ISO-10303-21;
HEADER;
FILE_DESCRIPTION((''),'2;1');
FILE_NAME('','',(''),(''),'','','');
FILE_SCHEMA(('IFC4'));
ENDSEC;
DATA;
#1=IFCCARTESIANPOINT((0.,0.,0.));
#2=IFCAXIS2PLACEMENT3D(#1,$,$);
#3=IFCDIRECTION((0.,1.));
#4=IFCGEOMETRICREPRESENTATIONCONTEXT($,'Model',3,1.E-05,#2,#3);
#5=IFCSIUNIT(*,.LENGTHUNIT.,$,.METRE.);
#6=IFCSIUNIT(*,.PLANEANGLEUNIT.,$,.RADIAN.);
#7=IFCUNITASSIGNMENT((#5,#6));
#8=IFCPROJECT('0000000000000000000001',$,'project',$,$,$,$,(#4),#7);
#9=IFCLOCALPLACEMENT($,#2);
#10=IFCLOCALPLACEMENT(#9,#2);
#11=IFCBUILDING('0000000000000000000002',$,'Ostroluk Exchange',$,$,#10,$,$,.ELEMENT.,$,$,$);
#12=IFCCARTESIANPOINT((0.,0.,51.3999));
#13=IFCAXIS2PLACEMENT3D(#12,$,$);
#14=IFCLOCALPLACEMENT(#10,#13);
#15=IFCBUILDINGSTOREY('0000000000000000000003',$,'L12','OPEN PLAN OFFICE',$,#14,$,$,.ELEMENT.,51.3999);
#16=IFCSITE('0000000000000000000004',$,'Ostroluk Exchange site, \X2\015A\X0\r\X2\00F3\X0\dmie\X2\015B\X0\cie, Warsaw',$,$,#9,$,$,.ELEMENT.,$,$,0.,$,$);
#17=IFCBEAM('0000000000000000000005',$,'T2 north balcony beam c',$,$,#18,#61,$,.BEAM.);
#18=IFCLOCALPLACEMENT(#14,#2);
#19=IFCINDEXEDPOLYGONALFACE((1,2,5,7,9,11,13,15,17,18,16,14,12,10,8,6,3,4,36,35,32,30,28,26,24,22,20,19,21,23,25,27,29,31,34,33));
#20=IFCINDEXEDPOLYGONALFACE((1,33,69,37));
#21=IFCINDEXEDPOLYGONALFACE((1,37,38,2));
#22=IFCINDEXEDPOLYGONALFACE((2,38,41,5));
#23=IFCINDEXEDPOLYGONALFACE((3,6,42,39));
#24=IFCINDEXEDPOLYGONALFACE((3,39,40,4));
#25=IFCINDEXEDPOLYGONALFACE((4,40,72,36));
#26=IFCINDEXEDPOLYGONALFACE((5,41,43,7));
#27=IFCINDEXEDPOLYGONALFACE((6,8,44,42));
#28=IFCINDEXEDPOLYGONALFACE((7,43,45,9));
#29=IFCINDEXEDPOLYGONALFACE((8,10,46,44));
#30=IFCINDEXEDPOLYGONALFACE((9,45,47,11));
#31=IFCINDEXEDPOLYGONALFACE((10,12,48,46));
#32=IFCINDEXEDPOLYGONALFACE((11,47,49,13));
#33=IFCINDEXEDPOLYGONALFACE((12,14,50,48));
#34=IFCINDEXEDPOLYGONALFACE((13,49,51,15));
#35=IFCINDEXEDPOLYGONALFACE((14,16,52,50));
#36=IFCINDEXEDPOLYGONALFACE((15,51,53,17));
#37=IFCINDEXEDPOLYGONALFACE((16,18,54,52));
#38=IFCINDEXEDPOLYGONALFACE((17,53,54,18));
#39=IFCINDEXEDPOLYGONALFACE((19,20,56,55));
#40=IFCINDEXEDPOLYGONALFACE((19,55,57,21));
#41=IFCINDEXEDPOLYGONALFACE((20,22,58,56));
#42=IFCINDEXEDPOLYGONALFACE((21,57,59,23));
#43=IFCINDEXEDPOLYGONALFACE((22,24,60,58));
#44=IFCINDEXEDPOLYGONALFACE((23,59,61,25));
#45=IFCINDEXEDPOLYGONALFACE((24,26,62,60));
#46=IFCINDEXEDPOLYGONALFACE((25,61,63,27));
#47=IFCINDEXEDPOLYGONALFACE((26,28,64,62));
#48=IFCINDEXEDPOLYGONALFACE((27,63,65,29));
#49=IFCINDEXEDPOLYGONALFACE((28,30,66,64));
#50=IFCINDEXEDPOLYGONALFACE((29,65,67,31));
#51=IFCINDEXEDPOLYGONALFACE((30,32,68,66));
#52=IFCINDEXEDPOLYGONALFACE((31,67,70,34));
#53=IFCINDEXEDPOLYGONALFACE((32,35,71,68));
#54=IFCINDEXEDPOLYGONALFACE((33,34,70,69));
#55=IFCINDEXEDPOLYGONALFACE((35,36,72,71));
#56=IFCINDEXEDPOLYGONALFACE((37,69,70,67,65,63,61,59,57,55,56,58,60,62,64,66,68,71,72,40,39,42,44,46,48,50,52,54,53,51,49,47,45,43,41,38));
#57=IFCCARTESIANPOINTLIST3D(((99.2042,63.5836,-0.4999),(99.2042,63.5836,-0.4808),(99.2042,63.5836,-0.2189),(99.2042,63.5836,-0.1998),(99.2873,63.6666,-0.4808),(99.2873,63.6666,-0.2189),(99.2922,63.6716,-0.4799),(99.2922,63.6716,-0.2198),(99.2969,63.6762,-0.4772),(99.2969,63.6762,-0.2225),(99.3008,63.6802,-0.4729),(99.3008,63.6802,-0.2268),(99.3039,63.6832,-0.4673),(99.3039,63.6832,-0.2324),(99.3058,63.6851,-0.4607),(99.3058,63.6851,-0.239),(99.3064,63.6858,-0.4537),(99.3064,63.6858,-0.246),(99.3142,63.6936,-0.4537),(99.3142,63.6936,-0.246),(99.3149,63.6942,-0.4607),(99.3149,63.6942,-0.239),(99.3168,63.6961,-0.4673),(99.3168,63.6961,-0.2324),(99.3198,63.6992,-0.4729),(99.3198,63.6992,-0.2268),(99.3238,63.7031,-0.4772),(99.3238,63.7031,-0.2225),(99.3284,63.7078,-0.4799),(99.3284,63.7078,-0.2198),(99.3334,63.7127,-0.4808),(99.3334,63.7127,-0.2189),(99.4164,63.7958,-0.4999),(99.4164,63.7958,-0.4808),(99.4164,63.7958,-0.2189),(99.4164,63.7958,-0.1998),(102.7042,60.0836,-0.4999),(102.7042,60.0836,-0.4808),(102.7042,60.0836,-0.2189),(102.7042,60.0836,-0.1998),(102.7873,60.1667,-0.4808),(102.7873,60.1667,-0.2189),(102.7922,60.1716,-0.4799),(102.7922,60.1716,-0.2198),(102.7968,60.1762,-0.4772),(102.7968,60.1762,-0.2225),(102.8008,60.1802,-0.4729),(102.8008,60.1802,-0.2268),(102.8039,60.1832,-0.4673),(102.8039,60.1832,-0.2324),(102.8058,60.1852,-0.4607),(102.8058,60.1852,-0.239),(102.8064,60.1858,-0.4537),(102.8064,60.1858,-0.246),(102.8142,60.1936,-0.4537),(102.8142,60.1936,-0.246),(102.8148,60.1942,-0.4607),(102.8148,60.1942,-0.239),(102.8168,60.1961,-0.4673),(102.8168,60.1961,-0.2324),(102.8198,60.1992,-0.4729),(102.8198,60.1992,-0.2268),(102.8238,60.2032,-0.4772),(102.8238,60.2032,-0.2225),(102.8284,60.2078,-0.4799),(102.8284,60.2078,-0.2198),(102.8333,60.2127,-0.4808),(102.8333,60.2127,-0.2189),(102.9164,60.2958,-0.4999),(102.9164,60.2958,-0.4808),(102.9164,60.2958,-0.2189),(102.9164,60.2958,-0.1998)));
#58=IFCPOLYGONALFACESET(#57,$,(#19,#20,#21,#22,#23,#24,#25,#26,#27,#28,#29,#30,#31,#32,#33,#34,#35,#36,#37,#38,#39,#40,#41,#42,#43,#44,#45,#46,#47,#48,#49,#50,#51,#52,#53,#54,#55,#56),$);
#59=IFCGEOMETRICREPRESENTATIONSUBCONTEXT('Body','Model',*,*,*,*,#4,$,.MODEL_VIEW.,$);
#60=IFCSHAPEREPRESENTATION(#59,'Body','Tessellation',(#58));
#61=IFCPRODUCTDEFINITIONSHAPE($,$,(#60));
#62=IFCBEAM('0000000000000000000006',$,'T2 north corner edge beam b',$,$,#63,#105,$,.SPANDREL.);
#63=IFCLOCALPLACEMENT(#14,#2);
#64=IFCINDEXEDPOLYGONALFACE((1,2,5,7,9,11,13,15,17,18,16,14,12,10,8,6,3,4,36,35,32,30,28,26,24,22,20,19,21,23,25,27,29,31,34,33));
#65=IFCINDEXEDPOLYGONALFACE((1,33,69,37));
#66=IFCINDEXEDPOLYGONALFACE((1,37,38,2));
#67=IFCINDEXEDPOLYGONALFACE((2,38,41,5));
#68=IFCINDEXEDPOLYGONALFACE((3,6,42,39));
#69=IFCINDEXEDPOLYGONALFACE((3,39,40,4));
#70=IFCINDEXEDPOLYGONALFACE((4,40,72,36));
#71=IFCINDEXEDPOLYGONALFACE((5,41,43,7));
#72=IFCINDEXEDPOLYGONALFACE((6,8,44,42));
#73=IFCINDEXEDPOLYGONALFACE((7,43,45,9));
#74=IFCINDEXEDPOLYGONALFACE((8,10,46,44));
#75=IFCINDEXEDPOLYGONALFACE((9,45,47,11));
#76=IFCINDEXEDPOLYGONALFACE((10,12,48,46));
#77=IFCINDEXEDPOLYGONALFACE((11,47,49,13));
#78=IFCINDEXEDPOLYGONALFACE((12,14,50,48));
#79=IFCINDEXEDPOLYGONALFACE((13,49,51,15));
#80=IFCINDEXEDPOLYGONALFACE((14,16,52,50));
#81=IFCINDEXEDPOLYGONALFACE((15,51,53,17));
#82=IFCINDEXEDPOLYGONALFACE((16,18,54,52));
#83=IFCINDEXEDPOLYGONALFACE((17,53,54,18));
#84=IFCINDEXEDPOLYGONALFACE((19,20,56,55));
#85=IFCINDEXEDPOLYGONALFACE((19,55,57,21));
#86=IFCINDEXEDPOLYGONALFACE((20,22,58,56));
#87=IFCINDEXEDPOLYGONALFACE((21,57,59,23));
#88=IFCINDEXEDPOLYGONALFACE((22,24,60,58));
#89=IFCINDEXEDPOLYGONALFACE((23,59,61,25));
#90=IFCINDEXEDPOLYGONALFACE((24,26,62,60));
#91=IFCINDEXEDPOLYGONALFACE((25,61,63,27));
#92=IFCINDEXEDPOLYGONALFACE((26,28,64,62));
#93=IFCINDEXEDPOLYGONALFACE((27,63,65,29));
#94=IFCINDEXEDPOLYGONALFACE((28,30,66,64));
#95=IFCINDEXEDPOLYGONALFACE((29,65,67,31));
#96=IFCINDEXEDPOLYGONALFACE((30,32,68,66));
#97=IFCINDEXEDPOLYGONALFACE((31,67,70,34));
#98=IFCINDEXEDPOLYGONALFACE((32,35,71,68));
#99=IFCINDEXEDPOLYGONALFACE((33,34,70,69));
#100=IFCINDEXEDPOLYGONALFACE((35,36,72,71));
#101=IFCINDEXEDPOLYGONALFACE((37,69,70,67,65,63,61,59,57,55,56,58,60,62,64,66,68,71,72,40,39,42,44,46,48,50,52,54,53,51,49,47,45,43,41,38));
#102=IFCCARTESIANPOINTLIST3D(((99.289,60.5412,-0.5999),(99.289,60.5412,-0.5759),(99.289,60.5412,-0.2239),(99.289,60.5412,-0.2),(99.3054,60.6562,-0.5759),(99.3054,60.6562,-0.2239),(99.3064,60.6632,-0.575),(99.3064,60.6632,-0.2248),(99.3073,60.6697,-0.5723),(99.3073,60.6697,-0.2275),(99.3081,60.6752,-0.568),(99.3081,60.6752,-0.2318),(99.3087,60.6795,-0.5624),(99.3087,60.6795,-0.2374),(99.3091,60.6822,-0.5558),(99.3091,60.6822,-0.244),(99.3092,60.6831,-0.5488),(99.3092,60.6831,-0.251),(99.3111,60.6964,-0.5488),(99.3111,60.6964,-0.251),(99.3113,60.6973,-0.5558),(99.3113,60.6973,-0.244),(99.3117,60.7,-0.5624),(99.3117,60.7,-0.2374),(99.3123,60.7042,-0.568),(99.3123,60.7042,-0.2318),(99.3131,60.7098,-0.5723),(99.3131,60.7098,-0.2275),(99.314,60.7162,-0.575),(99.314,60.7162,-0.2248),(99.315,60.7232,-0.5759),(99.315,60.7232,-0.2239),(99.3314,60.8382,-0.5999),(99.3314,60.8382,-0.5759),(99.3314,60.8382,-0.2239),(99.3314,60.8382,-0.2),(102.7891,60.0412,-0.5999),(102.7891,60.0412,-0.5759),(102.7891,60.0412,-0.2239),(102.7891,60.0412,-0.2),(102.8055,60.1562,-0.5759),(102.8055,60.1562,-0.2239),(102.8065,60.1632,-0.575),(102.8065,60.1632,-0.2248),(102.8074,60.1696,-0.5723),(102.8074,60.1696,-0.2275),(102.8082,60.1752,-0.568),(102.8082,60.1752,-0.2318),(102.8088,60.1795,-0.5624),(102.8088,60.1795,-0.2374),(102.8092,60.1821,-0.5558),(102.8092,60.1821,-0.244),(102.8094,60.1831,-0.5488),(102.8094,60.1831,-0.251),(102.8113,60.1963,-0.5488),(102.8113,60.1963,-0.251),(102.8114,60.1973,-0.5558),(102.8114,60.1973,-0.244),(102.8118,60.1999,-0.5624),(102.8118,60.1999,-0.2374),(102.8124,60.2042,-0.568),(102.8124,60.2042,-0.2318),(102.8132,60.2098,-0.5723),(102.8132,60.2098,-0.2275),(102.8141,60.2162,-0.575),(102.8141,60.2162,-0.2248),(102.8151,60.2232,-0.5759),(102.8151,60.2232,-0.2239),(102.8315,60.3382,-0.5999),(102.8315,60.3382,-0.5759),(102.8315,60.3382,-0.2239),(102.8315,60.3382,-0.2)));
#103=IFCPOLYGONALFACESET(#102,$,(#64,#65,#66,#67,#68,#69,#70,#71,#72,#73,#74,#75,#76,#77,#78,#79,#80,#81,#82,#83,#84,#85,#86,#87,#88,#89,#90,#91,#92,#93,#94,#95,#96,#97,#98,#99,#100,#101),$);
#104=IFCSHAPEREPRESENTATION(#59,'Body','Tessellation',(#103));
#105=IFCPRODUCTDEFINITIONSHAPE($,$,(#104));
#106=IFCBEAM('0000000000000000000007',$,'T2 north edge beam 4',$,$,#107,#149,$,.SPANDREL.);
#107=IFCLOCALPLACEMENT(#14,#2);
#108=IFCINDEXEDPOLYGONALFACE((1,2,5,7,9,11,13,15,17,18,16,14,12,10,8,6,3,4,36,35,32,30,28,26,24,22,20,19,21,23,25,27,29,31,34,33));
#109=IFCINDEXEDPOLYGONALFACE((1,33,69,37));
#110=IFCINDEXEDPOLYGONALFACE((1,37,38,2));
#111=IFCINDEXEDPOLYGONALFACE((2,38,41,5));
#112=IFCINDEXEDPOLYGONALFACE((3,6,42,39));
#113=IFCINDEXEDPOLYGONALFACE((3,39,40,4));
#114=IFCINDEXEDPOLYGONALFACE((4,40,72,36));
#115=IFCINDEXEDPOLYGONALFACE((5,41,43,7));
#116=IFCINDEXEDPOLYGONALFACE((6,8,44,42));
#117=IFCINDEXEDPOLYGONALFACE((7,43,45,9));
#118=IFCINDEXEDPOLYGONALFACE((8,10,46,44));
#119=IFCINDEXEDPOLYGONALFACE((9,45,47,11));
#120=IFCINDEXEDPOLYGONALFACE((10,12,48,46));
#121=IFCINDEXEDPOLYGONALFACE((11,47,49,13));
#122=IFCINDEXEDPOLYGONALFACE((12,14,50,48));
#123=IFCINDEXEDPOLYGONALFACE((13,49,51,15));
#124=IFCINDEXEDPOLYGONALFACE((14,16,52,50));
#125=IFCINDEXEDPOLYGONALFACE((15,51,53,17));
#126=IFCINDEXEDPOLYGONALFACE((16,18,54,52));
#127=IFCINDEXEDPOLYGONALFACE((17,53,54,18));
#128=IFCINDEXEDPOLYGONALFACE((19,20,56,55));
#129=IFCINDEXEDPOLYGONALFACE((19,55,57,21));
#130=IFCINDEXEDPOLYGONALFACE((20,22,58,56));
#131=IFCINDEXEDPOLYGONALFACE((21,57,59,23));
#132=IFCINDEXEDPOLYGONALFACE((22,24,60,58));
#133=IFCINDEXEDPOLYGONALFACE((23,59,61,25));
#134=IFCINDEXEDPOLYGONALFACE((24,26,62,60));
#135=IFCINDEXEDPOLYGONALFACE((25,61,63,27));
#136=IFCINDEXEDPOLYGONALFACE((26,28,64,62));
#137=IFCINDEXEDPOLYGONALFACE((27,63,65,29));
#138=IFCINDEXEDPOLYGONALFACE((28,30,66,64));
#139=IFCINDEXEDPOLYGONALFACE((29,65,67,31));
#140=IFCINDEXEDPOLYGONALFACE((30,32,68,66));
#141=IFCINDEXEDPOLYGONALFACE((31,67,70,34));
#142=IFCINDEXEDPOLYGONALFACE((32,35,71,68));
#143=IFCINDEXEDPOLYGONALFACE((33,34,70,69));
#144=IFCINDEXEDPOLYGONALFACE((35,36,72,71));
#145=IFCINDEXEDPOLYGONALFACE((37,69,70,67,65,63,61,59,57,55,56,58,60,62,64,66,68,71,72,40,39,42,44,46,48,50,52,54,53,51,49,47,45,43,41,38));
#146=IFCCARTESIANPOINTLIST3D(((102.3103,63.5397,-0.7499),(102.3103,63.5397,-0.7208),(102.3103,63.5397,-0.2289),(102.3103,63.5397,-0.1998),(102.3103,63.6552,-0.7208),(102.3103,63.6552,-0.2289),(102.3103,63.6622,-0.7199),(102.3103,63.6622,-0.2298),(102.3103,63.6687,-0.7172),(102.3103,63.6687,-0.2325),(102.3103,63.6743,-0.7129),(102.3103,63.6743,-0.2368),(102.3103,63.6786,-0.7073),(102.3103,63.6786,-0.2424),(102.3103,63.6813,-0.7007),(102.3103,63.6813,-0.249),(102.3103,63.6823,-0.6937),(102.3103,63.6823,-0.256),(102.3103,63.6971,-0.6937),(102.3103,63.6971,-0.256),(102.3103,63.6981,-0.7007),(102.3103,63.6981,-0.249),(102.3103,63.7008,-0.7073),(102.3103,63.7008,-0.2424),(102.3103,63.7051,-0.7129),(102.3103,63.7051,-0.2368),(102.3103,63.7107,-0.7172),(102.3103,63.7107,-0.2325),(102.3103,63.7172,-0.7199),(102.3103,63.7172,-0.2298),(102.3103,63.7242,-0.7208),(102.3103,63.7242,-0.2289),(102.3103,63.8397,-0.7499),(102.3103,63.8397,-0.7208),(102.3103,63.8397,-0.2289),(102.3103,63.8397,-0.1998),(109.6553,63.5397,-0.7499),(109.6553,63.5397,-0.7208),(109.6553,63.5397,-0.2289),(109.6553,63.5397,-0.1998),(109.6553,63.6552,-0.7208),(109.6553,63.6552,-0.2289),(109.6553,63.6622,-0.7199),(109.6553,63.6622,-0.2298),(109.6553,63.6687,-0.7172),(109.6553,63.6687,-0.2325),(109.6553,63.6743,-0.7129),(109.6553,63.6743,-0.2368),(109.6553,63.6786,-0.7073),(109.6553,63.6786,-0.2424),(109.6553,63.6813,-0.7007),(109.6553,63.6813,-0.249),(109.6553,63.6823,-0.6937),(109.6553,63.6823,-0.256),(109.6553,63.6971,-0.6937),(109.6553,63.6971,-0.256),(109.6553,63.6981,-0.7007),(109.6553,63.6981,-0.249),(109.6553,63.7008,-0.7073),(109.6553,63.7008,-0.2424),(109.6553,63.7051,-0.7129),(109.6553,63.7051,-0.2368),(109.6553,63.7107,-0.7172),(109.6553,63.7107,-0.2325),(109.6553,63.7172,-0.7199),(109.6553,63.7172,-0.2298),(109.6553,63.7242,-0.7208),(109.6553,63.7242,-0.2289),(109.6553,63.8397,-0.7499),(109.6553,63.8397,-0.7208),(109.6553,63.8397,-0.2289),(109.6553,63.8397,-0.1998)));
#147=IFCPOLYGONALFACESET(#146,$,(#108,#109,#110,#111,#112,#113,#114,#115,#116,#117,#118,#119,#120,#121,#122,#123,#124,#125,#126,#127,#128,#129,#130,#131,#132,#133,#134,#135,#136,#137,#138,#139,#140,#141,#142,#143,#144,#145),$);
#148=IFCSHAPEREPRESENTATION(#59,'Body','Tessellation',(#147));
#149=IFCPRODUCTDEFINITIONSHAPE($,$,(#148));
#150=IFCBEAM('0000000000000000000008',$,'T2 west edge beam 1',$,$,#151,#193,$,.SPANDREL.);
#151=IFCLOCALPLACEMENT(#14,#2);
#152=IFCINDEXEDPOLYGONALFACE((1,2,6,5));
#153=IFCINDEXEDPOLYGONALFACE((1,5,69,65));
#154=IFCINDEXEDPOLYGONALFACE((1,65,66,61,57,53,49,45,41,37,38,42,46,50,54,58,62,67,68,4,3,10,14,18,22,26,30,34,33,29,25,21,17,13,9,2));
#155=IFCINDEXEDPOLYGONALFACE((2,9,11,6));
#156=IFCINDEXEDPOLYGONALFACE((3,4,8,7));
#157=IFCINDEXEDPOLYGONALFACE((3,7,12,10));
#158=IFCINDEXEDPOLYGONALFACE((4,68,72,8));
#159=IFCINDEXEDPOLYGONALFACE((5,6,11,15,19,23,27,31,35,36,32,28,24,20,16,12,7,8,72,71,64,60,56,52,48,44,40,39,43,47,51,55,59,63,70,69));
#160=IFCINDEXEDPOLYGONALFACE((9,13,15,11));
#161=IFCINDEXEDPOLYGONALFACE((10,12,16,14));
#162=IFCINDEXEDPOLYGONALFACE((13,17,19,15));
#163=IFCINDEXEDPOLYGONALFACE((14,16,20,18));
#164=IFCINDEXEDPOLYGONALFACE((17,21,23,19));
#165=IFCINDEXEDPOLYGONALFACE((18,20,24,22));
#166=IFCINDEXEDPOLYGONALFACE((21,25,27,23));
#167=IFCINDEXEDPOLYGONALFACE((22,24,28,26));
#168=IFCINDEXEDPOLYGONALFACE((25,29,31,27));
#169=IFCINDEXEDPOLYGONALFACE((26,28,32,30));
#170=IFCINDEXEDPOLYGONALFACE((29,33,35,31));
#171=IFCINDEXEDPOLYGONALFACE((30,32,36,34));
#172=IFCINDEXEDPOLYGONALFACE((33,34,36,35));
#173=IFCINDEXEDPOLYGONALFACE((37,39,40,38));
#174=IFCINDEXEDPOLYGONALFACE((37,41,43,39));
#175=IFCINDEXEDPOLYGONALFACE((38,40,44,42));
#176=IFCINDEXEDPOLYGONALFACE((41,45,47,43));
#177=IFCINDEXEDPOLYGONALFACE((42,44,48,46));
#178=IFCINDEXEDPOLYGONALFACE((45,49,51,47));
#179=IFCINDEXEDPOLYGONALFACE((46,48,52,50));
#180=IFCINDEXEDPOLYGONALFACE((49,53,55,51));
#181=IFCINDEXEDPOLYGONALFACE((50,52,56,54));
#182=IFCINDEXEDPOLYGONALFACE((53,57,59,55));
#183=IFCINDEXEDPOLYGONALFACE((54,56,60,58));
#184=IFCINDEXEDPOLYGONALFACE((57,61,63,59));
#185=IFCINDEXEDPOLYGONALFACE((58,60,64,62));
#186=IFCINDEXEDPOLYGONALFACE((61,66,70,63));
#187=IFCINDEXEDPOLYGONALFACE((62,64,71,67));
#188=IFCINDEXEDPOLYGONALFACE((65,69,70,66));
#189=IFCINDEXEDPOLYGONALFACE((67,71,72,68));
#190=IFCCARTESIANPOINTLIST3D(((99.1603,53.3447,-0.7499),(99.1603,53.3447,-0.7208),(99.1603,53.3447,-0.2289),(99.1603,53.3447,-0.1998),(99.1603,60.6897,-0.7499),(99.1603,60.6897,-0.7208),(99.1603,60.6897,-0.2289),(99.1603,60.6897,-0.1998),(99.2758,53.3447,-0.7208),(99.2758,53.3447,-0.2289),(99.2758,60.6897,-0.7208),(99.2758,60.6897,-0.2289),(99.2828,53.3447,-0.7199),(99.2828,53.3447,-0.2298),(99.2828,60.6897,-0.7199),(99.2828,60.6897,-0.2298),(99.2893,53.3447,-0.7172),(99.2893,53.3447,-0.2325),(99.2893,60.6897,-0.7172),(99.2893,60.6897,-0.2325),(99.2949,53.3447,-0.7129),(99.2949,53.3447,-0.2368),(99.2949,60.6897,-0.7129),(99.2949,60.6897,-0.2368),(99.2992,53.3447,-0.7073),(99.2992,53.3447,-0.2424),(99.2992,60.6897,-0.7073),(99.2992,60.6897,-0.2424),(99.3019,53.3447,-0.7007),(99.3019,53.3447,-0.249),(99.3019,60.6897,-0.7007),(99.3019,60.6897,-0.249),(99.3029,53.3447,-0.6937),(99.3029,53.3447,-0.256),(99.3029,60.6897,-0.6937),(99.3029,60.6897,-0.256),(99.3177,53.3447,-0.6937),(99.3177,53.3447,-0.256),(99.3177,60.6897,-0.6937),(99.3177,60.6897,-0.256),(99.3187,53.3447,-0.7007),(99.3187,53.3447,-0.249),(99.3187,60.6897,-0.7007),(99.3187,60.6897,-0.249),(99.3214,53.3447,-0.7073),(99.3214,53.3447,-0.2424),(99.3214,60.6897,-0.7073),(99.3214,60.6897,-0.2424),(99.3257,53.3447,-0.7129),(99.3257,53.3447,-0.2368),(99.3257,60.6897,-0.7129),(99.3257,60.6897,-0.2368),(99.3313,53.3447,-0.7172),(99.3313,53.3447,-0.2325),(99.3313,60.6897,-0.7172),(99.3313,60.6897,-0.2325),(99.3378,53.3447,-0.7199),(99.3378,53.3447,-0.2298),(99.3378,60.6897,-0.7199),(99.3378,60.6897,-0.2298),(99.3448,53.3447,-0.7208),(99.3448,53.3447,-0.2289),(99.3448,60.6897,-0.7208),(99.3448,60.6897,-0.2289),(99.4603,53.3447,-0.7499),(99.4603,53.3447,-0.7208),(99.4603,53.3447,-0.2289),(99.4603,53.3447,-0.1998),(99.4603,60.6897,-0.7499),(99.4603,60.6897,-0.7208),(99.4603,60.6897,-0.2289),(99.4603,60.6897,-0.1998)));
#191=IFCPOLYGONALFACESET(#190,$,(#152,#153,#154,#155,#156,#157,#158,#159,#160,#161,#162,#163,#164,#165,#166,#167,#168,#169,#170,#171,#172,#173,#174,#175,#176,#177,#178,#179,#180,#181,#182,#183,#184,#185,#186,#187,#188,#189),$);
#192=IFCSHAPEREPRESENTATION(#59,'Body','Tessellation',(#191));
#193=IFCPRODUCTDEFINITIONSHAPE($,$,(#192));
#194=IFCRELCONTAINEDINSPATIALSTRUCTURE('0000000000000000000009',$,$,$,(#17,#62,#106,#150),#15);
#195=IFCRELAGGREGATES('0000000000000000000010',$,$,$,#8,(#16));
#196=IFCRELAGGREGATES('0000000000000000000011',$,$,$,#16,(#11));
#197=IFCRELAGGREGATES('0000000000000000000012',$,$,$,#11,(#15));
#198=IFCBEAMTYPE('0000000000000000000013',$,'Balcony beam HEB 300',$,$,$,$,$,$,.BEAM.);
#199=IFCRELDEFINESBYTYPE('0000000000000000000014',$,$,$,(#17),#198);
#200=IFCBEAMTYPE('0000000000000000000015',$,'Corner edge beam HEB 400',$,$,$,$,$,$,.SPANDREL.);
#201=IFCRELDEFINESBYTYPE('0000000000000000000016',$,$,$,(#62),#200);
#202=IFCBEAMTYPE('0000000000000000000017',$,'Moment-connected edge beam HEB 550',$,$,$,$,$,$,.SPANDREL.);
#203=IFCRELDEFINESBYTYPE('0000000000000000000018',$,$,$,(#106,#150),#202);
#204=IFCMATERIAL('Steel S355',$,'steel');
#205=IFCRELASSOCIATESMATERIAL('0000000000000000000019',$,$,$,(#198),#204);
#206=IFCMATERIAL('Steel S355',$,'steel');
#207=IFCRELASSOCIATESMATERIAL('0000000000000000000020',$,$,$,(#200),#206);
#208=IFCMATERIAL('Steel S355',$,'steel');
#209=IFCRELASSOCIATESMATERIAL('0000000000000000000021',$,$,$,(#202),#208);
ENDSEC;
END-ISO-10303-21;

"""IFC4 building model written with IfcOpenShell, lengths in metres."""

from ifc_helpers import new_model, si_unit, direction, frame, origin, origin_2d, place, context, subcontext, project, spatial, i_section, extrude, material, material_profile, profile_set, type_object, element, save


model = new_model("IFC4")

# Units and contexts
model_context = context("Model", 3, precision=1e-05, world=origin(), true_north=direction((0.0, 1.0)))
body_context = subcontext(model_context, "Body", "Model", "MODEL_VIEW")
ifc_project = project(units=[si_unit("LENGTHUNIT", "METRE"), si_unit("PLANEANGLEUNIT", "RADIAN")], contexts=[model_context])

# Site, building, storey
site_placement = place(None, origin())
site = spatial("IfcSite", under=ifc_project, at=site_placement, Name="Ostroluk Exchange site, Śródmieście, Warsaw", CompositionType="ELEMENT", RefElevation=0.0)
building_placement = place(site_placement, origin())
building = spatial("IfcBuilding", under=site, at=building_placement, Name="Ostroluk Exchange", CompositionType="ELEMENT")
storey_placement = place(building_placement, frame((0.0, 0.0, 51.3999)))
storey = spatial("IfcBuildingStorey", under=building, at=storey_placement, Name="L12", Description="OPEN PLAN OFFICE", CompositionType="ELEMENT", Elevation=51.3999)

# Beams
ifc_material_1 = material(Name="Steel S355", Category="steel")
ifc_material_profile_1 = material_profile(ifc_material_1, i_section(OverallWidth=0.3, OverallDepth=0.3, WebThickness=0.011, FlangeThickness=0.019, FilletRadius=0.0271, at=origin_2d()), Name="HEB 300")
ifc_profile_set_1 = profile_set([ifc_material_profile_1], Name="Steel S355")
beam_type_1 = type_object("IfcBeamType", Name="Balcony beam HEB 300", PredefinedType="BEAM", material=ifc_profile_set_1)
beam_1_placement = place(storey_placement, frame((102.8103, 60.1897, -0.3499), z_axis=(-0.707107, 0.707107, 0.0), x_axis=(-0.707107, -0.707107, 0.0)))
element("IfcBeam", 1, at=beam_1_placement, inside=storey, type_object=beam_type_1, Name="T2 north balcony beam c", PredefinedType="BEAM", context=body_context, shape_type="SweptSolid", body=[
    extrude(i_section(OverallWidth=0.3, OverallDepth=0.3, WebThickness=0.011, FlangeThickness=0.019, FilletRadius=0.0271, at=origin_2d()), origin(), (0.0, 0.0, 1.0), 4.9497),
])
ifc_material_2 = material(Name="Steel S355", Category="steel")
ifc_material_profile_2 = material_profile(ifc_material_2, i_section(OverallWidth=0.3, OverallDepth=0.3999, WebThickness=0.0134, FlangeThickness=0.0239, FilletRadius=0.0271, at=origin_2d()), Name="HEB 400")
ifc_profile_set_2 = profile_set([ifc_material_profile_2], Name="Steel S355")
beam_type_2 = type_object("IfcBeamType", Name="Corner edge beam HEB 400", PredefinedType="SPANDREL", material=ifc_profile_set_2)
beam_2_placement = place(storey_placement, frame((102.8103, 60.1897, -0.3999), z_axis=(-0.989949, 0.141421, 0.0), x_axis=(-0.141421, -0.989949, 0.0)))
element("IfcBeam", 2, at=beam_2_placement, inside=storey, type_object=beam_type_2, Name="T2 north corner edge beam b", PredefinedType="SPANDREL", context=body_context, shape_type="SweptSolid", body=[
    extrude(i_section(OverallWidth=0.3, OverallDepth=0.3999, WebThickness=0.0134, FlangeThickness=0.0239, FilletRadius=0.0271, at=origin_2d()), origin(), (0.0, 0.0, 1.0), 3.5356),
])
ifc_material_3 = material(Name="Steel S355", Category="steel")
ifc_material_profile_3 = material_profile(ifc_material_3, i_section(OverallWidth=0.3, OverallDepth=0.55, WebThickness=0.0149, FlangeThickness=0.0291, FilletRadius=0.0271, at=origin_2d()), Name="HEB 550")
ifc_profile_set_3 = profile_set([ifc_material_profile_3], Name="Steel S355")
beam_type_3 = type_object("IfcBeamType", Name="Moment-connected edge beam HEB 550", PredefinedType="SPANDREL", material=ifc_profile_set_3)
for number, where, z_axis, x_axis, name in (
    (3, (109.6553, 63.6897, -0.4749), (-1.0, 0.0, 0.0), (0.0, -1.0, 0.0), "T2 north edge beam 4"),
    (4, (99.3103, 60.6897, -0.4749), (0.0, -1.0, 0.0), (1.0, 0.0, 0.0), "T2 west edge beam 1"),
):
    element("IfcBeam", number, at=place(storey_placement, frame(where, z_axis=z_axis, x_axis=x_axis)), inside=storey, type_object=beam_type_3, Name=name, PredefinedType="SPANDREL", context=body_context, shape_type="SweptSolid", body=[
        extrude(i_section(OverallWidth=0.3, OverallDepth=0.55, WebThickness=0.0149, FlangeThickness=0.0291, FilletRadius=0.0271, at=origin_2d()), origin(), (0.0, 0.0, 1.0), 7.345),
    ])

save(model, "model.ifc")
